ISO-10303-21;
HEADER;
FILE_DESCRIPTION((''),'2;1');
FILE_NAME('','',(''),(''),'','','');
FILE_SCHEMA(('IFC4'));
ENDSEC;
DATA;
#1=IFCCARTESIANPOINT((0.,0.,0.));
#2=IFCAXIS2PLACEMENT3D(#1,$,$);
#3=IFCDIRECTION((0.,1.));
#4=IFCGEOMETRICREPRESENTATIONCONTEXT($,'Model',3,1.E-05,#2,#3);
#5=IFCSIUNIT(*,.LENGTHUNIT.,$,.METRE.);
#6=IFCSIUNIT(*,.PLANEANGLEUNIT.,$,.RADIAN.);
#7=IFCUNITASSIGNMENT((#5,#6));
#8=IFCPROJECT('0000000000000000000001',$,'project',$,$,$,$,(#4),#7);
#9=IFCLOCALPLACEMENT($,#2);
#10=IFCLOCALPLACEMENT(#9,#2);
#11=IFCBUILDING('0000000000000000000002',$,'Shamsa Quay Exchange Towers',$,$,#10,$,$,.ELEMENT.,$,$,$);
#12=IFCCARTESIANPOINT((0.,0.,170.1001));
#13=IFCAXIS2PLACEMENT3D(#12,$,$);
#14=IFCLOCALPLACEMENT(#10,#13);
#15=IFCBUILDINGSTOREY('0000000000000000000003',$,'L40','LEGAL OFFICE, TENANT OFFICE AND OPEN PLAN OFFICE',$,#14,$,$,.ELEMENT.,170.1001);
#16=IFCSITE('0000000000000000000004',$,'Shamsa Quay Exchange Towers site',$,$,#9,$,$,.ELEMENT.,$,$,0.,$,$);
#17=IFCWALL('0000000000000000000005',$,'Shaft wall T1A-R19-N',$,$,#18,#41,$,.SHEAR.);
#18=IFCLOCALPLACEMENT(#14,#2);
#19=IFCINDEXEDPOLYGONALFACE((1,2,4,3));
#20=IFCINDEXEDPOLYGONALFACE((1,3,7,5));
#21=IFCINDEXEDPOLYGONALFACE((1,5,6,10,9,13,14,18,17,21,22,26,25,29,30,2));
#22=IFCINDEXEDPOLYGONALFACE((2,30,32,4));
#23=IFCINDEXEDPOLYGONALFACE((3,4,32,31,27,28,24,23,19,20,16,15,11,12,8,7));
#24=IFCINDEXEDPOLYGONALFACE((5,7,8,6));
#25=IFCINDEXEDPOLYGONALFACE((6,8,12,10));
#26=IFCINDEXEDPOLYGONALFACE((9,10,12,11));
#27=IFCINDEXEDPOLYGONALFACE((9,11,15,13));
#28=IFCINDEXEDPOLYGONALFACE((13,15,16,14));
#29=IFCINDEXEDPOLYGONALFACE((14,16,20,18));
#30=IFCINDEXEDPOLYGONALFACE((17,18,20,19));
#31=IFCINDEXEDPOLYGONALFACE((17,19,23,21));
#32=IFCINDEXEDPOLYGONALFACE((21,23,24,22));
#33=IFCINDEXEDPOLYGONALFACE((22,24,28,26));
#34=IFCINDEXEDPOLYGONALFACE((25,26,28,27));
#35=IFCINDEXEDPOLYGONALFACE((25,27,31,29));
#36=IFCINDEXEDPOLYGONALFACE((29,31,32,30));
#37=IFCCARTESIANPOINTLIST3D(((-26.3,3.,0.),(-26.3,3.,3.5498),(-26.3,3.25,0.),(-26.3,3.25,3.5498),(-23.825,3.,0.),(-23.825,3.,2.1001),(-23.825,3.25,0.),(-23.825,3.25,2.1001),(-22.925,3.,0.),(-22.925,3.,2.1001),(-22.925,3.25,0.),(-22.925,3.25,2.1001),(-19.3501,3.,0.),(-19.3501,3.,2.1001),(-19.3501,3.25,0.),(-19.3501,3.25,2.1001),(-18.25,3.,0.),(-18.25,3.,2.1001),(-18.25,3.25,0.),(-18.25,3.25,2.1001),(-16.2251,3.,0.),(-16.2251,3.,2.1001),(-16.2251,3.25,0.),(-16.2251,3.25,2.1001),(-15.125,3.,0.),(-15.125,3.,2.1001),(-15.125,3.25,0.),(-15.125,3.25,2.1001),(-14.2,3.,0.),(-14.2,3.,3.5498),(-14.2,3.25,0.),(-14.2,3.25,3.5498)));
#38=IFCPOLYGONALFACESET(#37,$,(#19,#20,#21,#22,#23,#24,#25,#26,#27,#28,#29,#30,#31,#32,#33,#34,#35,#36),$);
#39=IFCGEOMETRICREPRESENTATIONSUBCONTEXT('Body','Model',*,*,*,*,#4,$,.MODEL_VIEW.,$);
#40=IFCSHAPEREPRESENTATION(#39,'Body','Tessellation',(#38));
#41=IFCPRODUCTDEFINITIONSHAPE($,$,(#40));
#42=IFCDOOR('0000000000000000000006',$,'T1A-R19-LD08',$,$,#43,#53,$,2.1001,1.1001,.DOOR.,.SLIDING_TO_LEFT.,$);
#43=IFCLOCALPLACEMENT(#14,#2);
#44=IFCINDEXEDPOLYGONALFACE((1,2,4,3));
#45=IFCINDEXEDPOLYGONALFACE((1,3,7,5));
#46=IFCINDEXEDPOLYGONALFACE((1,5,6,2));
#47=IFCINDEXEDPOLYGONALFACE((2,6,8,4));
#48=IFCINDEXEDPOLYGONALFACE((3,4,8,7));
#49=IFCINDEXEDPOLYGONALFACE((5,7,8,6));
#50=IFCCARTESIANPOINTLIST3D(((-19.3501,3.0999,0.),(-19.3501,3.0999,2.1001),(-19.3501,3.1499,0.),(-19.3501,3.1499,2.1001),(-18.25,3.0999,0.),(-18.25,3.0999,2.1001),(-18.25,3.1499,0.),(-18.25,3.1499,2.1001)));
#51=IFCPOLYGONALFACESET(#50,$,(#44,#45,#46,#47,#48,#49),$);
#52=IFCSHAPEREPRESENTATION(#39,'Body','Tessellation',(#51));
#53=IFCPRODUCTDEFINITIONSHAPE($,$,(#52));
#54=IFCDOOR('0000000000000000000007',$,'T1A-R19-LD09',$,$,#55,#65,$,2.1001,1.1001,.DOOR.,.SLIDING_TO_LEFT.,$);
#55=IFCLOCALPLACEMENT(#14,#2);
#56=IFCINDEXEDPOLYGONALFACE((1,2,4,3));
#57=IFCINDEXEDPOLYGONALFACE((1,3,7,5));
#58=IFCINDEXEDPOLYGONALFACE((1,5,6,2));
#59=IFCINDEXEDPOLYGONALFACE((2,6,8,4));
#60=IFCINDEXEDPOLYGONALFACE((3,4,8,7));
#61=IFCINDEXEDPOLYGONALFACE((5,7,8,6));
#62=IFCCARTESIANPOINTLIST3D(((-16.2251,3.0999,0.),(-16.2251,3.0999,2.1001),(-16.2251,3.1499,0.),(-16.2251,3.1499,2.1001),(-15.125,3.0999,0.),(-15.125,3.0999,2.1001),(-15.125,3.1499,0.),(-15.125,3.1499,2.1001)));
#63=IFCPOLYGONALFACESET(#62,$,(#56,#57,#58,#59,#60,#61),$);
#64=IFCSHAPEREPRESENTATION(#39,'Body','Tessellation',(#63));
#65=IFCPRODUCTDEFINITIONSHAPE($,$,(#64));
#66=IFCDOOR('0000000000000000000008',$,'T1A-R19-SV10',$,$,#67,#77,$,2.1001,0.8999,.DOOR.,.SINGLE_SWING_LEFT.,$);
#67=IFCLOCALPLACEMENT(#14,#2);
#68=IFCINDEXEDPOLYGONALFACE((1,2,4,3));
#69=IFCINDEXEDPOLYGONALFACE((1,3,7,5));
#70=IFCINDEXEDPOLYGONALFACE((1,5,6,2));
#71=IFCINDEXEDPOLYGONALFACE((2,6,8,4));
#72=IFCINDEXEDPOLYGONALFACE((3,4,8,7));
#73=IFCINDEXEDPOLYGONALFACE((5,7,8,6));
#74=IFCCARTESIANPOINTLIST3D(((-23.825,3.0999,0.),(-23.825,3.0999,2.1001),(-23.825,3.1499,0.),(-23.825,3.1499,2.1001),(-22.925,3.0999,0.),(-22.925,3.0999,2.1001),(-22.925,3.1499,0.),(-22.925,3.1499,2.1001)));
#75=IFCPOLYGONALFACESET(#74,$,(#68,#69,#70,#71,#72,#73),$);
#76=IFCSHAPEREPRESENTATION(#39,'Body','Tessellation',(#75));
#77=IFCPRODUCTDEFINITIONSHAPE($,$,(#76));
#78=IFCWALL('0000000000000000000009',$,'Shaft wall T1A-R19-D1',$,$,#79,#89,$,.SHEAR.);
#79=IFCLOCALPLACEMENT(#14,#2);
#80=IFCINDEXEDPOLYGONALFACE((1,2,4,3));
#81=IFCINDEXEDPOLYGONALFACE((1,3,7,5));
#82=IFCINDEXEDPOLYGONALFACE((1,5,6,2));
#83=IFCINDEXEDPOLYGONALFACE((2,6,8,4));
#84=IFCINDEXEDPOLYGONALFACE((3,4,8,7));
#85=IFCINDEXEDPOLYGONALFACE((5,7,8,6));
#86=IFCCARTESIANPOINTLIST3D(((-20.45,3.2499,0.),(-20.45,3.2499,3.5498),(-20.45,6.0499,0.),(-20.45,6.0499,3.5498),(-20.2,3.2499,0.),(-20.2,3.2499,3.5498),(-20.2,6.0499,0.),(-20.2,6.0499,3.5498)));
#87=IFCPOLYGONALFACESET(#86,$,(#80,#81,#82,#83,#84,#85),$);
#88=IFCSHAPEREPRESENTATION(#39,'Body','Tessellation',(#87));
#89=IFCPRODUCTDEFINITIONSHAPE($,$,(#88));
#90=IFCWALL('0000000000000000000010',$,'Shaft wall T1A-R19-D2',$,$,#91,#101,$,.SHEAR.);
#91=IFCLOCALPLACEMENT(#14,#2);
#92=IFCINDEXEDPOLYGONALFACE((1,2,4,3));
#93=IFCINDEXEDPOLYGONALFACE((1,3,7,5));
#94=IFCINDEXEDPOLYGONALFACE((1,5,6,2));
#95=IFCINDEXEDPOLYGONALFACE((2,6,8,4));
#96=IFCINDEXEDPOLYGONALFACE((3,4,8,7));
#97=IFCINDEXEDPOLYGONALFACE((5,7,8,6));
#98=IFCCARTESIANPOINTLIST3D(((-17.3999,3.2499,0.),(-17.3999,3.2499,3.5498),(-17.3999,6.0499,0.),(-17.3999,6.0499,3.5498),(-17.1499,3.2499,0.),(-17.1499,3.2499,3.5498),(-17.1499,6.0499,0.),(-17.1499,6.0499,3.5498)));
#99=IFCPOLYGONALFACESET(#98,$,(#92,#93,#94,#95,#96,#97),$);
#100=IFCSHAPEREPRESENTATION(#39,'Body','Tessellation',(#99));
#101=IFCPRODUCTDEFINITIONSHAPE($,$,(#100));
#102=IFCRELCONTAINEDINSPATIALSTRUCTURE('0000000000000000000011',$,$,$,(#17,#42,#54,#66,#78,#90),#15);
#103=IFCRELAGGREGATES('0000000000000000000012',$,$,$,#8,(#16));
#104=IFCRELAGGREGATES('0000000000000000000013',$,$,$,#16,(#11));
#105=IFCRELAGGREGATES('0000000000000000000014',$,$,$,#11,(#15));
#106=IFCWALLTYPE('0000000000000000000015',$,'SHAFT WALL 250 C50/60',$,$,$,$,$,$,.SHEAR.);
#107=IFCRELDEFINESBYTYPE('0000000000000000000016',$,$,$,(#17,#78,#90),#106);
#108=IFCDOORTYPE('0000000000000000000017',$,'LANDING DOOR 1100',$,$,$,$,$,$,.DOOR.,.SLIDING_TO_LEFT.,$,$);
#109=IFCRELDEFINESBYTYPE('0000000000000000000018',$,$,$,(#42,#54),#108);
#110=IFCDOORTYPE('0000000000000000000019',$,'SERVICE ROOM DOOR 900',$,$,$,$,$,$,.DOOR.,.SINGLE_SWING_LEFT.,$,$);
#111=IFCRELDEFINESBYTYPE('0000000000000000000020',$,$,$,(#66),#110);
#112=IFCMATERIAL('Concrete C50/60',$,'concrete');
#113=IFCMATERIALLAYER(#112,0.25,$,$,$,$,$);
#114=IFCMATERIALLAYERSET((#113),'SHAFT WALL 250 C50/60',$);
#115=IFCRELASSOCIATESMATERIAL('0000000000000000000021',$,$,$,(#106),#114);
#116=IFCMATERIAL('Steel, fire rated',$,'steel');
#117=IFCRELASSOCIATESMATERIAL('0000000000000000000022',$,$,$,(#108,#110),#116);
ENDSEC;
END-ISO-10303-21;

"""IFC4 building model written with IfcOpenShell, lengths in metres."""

from ifc_helpers import new_model, si_unit, direction, frame, frame_2d, origin, place, context, subcontext, project, spatial, rectangle, extrude, material, layer, layer_set, type_object, element, fill, save


model = new_model("IFC4")

# Units and contexts
model_context = context("Model", 3, precision=1e-05, world=origin(), true_north=direction((0.0, 1.0)))
body_context = subcontext(model_context, "Body", "Model", "MODEL_VIEW")
ifc_project = project(units=[si_unit("LENGTHUNIT", "METRE"), si_unit("PLANEANGLEUNIT", "RADIAN")], contexts=[model_context])

# Site, building, storey
site_placement = place(None, origin())
site = spatial("IfcSite", under=ifc_project, at=site_placement, Name="Shamsa Quay Exchange Towers site", CompositionType="ELEMENT", RefElevation=0.0)
building_placement = place(site_placement, origin())
building = spatial("IfcBuilding", under=site, at=building_placement, Name="Shamsa Quay Exchange Towers", CompositionType="ELEMENT")
storey_placement = place(building_placement, frame((0.0, 0.0, 170.1001)))
storey = spatial("IfcBuildingStorey", under=building, at=storey_placement, Name="L40", Description="LEGAL OFFICE, TENANT OFFICE AND OPEN PLAN OFFICE", CompositionType="ELEMENT", Elevation=170.1001)

# Shared definitions
ifc_material_1 = material(Name="Steel, fire rated", Category="steel")

# Wall, openings, doors
ifc_material_2 = material(Name="Concrete C50/60", Category="concrete")
ifc_layer_1 = layer(ifc_material_2, 0.25)
ifc_layer_set_1 = layer_set([ifc_layer_1], Name="SHAFT WALL 250 C50/60")
wall_type_1 = type_object("IfcWallType", Name="SHAFT WALL 250 C50/60", PredefinedType="SHEAR", material=ifc_layer_set_1)
wall_1_placement = place(storey_placement, frame((-26.3, 3.125, 0.0)))
wall_1 = element("IfcWall", 1, at=wall_1_placement, inside=storey, type_object=wall_type_1, Name="Shaft wall T1A-R19-N", PredefinedType="SHEAR", context=body_context, shape_type="SweptSolid", body=[
    extrude(rectangle(XDim=12.1001, YDim=0.25, at=frame_2d((6.05, 0.0))), origin(), (0.0, 0.0, 1.0), 3.5498),
])
opening_1_placement = place(wall_1_placement, frame((6.95, 0.0, 0.0)))
opening_1 = element("IfcOpeningElement", 2, at=opening_1_placement, cuts=wall_1, PredefinedType="OPENING", context=body_context, shape_type="SweptSolid", body=[
    extrude(rectangle(XDim=1.1001, YDim=2.1001, at=frame_2d((0.55, 1.05))), frame((0.0, 0.135, 0.0), z_axis=(0.0, -1.0, 0.0), x_axis=(1.0, 0.0, 0.0)), (0.0, 0.0, 1.0), 0.27),
])
opening_2_placement = place(wall_1_placement, frame((10.075, 0.0, 0.0)))
opening_2 = element("IfcOpeningElement", 3, at=opening_2_placement, cuts=wall_1, PredefinedType="OPENING", context=body_context, shape_type="SweptSolid", body=[
    extrude(rectangle(XDim=1.1001, YDim=2.1001, at=frame_2d((0.55, 1.05))), frame((0.0, 0.135, 0.0), z_axis=(0.0, -1.0, 0.0), x_axis=(1.0, 0.0, 0.0)), (0.0, 0.0, 1.0), 0.27),
])
opening_3_placement = place(wall_1_placement, frame((2.4751, 0.0, 0.0)))
opening_3 = element("IfcOpeningElement", 4, at=opening_3_placement, cuts=wall_1, PredefinedType="OPENING", context=body_context, shape_type="SweptSolid", body=[
    extrude(rectangle(XDim=0.8999, YDim=2.1001, at=frame_2d((0.45, 1.05))), frame((0.0, 0.135, 0.0), z_axis=(0.0, -1.0, 0.0), x_axis=(1.0, 0.0, 0.0)), (0.0, 0.0, 1.0), 0.27),
])
door_type_1 = type_object("IfcDoorType", Name="LANDING DOOR 1100", OperationType="SLIDING_TO_LEFT", PredefinedType="DOOR", material=ifc_material_1)
door_1_placement = place(opening_1_placement, origin())
door_1 = element("IfcDoor", 5, at=door_1_placement, inside=storey, type_object=door_type_1, Name="T1A-R19-LD08", OperationType="SLIDING_TO_LEFT", OverallHeight=2.1001, OverallWidth=1.1001, PredefinedType="DOOR", context=body_context, shape_type="SweptSolid", body=[
    extrude(rectangle(XDim=1.1001, YDim=2.1001, at=frame_2d((0.55, 1.05))), frame((0.0, 0.0249, 0.0), z_axis=(0.0, -1.0, 0.0), x_axis=(1.0, 0.0, 0.0)), (0.0, 0.0, 1.0), 0.05),
])
fill(opening_1, door_1)
door_2_placement = place(opening_2_placement, origin())
door_2 = element("IfcDoor", 6, at=door_2_placement, inside=storey, type_object=door_type_1, Name="T1A-R19-LD09", OperationType="SLIDING_TO_LEFT", OverallHeight=2.1001, OverallWidth=1.1001, PredefinedType="DOOR", context=body_context, shape_type="SweptSolid", body=[
    extrude(rectangle(XDim=1.1001, YDim=2.1001, at=frame_2d((0.55, 1.05))), frame((0.0, 0.0249, 0.0), z_axis=(0.0, -1.0, 0.0), x_axis=(1.0, 0.0, 0.0)), (0.0, 0.0, 1.0), 0.05),
])
fill(opening_2, door_2)
door_type_2 = type_object("IfcDoorType", Name="SERVICE ROOM DOOR 900", OperationType="SINGLE_SWING_LEFT", PredefinedType="DOOR", material=ifc_material_1)
door_3_placement = place(opening_3_placement, origin())
door_3 = element("IfcDoor", 7, at=door_3_placement, inside=storey, type_object=door_type_2, Name="T1A-R19-SV10", OperationType="SINGLE_SWING_LEFT", OverallHeight=2.1001, OverallWidth=0.8999, PredefinedType="DOOR", context=body_context, shape_type="SweptSolid", body=[
    extrude(rectangle(XDim=0.8999, YDim=2.1001, at=frame_2d((0.45, 1.05))), frame((0.0, 0.0249, 0.0), z_axis=(0.0, -1.0, 0.0), x_axis=(1.0, 0.0, 0.0)), (0.0, 0.0, 1.0), 0.05),
])
fill(opening_3, door_3)

# Walls
for number, where, z_axis, x_axis, name in (
    (8, (-20.325, 3.25, 0.0), (0.0, 0.0, 1.0), (0.0, 1.0, 0.0), "Shaft wall T1A-R19-D1"),
    (9, (-17.2749, 3.25, 0.0), (0.0, 0.0, 1.0), (0.0, 1.0, 0.0), "Shaft wall T1A-R19-D2"),
):
    element("IfcWall", number, at=place(storey_placement, frame(where, z_axis=z_axis, x_axis=x_axis)), inside=storey, type_object=wall_type_1, Name=name, PredefinedType="SHEAR", context=body_context, shape_type="SweptSolid", body=[
        extrude(rectangle(XDim=2.8, YDim=0.25, at=frame_2d((1.3999, 0.0))), origin(), (0.0, 0.0, 1.0), 3.5498),
    ])

save(model, "model.ifc")
